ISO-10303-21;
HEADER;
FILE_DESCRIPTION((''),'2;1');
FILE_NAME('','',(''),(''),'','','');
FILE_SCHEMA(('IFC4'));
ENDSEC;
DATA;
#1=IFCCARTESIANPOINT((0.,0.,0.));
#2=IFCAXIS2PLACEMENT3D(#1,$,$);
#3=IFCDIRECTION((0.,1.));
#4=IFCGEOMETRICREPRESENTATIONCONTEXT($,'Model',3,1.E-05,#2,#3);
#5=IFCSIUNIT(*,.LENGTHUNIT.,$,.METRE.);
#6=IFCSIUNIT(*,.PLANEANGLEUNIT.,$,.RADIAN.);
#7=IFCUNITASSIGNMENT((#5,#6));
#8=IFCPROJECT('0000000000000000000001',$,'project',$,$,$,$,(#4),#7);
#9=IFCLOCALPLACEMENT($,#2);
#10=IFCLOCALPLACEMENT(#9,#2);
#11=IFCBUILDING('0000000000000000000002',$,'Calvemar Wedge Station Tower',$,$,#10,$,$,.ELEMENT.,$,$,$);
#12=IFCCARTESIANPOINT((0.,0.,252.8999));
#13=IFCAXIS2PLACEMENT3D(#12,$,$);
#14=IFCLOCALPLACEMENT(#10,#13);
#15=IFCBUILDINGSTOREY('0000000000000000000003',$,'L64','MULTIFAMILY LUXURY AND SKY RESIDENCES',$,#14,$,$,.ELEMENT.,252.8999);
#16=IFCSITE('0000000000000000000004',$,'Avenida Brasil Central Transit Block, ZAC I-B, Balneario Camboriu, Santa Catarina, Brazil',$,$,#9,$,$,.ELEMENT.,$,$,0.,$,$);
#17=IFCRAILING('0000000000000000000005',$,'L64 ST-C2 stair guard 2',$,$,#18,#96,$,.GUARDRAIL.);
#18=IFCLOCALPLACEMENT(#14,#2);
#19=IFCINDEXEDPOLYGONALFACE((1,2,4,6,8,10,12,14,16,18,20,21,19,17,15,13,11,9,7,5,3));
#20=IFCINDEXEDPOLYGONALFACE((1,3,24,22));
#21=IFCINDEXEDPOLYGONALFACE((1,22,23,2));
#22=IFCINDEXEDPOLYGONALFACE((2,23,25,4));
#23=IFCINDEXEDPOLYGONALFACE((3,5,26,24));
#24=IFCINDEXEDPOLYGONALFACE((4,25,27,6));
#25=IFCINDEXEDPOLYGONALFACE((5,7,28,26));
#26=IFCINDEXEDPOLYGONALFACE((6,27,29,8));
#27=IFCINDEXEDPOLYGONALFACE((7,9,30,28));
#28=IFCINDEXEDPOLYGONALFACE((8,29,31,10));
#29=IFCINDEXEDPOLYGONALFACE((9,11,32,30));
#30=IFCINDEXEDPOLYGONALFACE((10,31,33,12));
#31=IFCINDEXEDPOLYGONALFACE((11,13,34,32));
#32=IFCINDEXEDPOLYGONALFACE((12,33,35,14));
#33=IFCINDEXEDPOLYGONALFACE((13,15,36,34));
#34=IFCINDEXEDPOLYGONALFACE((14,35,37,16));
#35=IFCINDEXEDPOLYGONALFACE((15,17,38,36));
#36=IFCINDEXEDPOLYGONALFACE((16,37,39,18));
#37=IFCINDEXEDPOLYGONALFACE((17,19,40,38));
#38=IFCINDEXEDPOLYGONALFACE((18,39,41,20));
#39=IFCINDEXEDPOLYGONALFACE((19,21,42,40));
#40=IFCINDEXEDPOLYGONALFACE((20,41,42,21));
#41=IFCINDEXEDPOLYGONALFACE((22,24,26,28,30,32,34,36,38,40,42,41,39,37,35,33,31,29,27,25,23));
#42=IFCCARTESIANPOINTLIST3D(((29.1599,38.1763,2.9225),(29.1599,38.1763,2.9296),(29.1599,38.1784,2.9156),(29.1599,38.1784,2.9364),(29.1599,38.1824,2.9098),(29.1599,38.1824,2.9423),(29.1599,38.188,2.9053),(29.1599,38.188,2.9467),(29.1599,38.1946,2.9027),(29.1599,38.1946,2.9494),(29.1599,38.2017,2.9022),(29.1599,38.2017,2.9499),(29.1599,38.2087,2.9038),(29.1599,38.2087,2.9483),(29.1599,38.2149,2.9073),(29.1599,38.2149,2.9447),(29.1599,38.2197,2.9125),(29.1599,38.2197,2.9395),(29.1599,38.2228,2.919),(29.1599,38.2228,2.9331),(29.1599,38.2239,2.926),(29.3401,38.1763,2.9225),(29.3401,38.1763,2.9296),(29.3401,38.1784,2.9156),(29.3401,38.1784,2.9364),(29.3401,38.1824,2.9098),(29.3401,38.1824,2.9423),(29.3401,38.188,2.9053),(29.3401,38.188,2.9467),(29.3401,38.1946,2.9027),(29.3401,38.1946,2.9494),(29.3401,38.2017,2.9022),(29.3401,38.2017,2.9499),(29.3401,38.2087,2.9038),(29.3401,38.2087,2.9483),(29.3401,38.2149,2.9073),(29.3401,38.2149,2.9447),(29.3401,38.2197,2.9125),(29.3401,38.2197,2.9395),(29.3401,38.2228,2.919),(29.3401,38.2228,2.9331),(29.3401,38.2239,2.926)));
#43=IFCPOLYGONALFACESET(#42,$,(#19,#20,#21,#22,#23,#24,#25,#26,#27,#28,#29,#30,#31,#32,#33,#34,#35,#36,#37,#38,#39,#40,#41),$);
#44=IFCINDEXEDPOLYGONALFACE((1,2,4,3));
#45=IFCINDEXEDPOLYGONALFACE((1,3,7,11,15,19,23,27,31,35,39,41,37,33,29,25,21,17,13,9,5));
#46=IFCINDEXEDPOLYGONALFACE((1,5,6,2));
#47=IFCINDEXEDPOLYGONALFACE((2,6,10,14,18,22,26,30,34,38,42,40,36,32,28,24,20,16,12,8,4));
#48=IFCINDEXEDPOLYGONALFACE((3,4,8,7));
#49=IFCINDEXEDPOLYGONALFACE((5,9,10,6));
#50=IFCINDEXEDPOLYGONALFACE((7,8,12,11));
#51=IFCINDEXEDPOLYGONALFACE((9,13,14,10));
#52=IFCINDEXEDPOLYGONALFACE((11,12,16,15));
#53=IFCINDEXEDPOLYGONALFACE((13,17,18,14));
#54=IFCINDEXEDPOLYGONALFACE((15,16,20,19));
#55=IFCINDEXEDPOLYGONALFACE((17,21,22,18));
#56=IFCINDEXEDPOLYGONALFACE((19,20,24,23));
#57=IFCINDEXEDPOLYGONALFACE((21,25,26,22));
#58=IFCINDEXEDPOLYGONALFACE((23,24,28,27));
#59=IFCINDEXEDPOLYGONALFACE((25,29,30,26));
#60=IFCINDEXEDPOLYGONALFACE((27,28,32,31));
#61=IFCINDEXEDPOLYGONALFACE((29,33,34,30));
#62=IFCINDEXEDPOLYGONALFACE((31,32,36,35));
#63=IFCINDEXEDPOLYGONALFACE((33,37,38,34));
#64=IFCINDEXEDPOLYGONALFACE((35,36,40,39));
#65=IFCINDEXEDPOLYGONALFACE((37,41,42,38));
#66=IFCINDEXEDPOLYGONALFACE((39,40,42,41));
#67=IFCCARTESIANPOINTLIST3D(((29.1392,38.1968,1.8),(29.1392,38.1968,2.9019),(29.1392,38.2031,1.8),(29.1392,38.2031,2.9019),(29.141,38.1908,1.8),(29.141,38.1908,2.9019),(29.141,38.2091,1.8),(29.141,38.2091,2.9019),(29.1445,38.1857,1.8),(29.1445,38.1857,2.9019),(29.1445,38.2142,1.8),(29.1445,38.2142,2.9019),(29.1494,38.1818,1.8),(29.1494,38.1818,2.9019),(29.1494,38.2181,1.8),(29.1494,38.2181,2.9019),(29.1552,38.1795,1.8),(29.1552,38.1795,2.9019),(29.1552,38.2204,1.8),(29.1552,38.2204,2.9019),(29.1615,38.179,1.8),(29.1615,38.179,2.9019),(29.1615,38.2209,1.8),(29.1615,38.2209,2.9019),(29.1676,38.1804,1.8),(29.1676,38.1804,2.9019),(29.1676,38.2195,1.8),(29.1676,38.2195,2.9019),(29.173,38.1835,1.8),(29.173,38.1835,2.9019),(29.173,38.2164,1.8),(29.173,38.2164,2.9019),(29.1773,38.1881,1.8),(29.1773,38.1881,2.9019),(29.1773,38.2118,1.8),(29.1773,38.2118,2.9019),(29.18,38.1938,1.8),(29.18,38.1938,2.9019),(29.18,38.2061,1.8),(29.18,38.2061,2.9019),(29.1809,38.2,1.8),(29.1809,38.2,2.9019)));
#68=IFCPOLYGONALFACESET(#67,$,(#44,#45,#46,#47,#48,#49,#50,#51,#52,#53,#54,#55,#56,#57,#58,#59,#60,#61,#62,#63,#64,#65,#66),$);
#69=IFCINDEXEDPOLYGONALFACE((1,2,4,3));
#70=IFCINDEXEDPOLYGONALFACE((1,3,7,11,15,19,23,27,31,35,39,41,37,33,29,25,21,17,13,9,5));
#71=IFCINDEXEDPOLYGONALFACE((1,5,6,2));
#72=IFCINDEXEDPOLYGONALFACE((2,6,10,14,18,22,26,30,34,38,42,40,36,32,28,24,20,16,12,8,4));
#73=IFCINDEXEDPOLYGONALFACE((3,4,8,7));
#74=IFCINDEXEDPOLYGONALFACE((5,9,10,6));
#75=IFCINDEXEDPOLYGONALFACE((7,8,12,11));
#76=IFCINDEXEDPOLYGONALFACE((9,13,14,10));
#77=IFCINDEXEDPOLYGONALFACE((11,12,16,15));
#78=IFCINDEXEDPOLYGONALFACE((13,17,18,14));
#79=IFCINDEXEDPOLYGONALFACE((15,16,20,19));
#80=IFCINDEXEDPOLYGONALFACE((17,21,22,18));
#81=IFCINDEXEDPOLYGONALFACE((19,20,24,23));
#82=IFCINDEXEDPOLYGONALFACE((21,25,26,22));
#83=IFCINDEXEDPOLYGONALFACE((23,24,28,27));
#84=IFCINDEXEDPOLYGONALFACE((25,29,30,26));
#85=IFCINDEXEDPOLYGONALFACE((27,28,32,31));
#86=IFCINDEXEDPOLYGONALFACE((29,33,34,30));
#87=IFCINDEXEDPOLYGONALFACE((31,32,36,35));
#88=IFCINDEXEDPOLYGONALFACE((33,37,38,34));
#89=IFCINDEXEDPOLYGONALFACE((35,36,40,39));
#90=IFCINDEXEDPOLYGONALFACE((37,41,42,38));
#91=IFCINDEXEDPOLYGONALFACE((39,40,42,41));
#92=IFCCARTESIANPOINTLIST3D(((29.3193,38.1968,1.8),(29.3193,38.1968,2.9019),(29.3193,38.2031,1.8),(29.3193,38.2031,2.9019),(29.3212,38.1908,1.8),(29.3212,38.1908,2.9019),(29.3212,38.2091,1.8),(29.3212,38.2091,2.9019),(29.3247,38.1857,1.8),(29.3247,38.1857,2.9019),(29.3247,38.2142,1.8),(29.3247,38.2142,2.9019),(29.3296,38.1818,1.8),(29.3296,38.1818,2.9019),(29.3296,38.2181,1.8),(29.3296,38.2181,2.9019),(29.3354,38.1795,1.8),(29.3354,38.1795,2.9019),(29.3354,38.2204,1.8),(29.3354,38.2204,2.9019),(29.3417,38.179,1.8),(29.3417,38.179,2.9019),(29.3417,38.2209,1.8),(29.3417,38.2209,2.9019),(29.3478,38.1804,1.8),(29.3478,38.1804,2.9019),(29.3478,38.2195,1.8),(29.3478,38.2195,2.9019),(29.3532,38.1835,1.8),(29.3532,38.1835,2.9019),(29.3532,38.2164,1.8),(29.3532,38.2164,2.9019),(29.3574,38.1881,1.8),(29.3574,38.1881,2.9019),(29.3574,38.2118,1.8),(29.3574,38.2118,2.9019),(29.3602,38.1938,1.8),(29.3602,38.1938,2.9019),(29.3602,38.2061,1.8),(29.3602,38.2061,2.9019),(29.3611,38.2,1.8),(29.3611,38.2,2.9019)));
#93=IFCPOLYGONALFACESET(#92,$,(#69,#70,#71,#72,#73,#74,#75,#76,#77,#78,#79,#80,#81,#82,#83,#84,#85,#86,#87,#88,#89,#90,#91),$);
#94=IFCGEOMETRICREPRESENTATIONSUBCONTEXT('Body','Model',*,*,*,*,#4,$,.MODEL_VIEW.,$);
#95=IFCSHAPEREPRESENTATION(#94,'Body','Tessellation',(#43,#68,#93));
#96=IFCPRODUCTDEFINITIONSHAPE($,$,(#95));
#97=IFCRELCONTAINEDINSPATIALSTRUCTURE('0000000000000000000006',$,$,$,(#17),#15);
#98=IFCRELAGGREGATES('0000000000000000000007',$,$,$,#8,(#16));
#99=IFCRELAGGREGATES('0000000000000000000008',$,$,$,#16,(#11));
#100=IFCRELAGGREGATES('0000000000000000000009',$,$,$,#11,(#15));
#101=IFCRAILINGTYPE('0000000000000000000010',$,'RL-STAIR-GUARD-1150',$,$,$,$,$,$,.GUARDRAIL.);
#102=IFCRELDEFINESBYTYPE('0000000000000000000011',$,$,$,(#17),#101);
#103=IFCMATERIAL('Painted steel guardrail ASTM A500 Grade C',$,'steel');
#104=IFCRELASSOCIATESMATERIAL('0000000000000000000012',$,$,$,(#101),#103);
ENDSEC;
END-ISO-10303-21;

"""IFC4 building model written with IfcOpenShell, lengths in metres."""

from ifc_helpers import new_model, si_unit, direction, frame, origin, origin_2d, place, context, subcontext, project, spatial, circle, extrude, material, type_object, element, save


model = new_model("IFC4")

# Units and contexts
model_context = context("Model", 3, precision=1e-05, world=origin(), true_north=direction((0.0, 1.0)))
body_context = subcontext(model_context, "Body", "Model", "MODEL_VIEW")
ifc_project = project(units=[si_unit("LENGTHUNIT", "METRE"), si_unit("PLANEANGLEUNIT", "RADIAN")], contexts=[model_context])

# Site, building, storey
site_placement = place(None, origin())
site = spatial("IfcSite", under=ifc_project, at=site_placement, Name="Avenida Brasil Central Transit Block, ZAC I-B, Balneario Camboriu, Santa Catarina, Brazil", CompositionType="ELEMENT", RefElevation=0.0)
building_placement = place(site_placement, origin())
building = spatial("IfcBuilding", under=site, at=building_placement, Name="Calvemar Wedge Station Tower", CompositionType="ELEMENT")
storey_placement = place(building_placement, frame((0.0, 0.0, 252.8999)))
storey = spatial("IfcBuildingStorey", under=building, at=storey_placement, Name="L64", Description="MULTIFAMILY LUXURY AND SKY RESIDENCES", CompositionType="ELEMENT", Elevation=252.8999)

# Railing
ifc_material_1 = material(Name="Painted steel guardrail ASTM A500 Grade C", Category="steel")
railing_type_1 = type_object("IfcRailingType", Name="RL-STAIR-GUARD-1150", PredefinedType="GUARDRAIL", material=ifc_material_1)
railing_1_placement = place(storey_placement, frame((29.1599, 38.2, 1.8)))
element("IfcRailing", 1, at=railing_1_placement, inside=storey, type_object=railing_type_1, Name="L64 ST-C2 stair guard 2", PredefinedType="GUARDRAIL", context=body_context, shape_type="SweptSolid", body=[
    extrude(circle(Radius=0.0239, at=origin_2d()), frame((0.0, 0.0, 1.126), z_axis=(1.0, 0.0, 0.0), x_axis=(0.0, 1.0, 0.0)), (0.0, 0.0, 1.0), 0.1802),
    extrude(circle(Radius=0.021, at=origin_2d()), origin(), (0.0, 0.0, 1.0), 1.1018),
    extrude(circle(Radius=0.021, at=origin_2d()), frame((0.1802, 0.0, 0.0)), (0.0, 0.0, 1.0), 1.1018),
])

save(model, "model.ifc")
